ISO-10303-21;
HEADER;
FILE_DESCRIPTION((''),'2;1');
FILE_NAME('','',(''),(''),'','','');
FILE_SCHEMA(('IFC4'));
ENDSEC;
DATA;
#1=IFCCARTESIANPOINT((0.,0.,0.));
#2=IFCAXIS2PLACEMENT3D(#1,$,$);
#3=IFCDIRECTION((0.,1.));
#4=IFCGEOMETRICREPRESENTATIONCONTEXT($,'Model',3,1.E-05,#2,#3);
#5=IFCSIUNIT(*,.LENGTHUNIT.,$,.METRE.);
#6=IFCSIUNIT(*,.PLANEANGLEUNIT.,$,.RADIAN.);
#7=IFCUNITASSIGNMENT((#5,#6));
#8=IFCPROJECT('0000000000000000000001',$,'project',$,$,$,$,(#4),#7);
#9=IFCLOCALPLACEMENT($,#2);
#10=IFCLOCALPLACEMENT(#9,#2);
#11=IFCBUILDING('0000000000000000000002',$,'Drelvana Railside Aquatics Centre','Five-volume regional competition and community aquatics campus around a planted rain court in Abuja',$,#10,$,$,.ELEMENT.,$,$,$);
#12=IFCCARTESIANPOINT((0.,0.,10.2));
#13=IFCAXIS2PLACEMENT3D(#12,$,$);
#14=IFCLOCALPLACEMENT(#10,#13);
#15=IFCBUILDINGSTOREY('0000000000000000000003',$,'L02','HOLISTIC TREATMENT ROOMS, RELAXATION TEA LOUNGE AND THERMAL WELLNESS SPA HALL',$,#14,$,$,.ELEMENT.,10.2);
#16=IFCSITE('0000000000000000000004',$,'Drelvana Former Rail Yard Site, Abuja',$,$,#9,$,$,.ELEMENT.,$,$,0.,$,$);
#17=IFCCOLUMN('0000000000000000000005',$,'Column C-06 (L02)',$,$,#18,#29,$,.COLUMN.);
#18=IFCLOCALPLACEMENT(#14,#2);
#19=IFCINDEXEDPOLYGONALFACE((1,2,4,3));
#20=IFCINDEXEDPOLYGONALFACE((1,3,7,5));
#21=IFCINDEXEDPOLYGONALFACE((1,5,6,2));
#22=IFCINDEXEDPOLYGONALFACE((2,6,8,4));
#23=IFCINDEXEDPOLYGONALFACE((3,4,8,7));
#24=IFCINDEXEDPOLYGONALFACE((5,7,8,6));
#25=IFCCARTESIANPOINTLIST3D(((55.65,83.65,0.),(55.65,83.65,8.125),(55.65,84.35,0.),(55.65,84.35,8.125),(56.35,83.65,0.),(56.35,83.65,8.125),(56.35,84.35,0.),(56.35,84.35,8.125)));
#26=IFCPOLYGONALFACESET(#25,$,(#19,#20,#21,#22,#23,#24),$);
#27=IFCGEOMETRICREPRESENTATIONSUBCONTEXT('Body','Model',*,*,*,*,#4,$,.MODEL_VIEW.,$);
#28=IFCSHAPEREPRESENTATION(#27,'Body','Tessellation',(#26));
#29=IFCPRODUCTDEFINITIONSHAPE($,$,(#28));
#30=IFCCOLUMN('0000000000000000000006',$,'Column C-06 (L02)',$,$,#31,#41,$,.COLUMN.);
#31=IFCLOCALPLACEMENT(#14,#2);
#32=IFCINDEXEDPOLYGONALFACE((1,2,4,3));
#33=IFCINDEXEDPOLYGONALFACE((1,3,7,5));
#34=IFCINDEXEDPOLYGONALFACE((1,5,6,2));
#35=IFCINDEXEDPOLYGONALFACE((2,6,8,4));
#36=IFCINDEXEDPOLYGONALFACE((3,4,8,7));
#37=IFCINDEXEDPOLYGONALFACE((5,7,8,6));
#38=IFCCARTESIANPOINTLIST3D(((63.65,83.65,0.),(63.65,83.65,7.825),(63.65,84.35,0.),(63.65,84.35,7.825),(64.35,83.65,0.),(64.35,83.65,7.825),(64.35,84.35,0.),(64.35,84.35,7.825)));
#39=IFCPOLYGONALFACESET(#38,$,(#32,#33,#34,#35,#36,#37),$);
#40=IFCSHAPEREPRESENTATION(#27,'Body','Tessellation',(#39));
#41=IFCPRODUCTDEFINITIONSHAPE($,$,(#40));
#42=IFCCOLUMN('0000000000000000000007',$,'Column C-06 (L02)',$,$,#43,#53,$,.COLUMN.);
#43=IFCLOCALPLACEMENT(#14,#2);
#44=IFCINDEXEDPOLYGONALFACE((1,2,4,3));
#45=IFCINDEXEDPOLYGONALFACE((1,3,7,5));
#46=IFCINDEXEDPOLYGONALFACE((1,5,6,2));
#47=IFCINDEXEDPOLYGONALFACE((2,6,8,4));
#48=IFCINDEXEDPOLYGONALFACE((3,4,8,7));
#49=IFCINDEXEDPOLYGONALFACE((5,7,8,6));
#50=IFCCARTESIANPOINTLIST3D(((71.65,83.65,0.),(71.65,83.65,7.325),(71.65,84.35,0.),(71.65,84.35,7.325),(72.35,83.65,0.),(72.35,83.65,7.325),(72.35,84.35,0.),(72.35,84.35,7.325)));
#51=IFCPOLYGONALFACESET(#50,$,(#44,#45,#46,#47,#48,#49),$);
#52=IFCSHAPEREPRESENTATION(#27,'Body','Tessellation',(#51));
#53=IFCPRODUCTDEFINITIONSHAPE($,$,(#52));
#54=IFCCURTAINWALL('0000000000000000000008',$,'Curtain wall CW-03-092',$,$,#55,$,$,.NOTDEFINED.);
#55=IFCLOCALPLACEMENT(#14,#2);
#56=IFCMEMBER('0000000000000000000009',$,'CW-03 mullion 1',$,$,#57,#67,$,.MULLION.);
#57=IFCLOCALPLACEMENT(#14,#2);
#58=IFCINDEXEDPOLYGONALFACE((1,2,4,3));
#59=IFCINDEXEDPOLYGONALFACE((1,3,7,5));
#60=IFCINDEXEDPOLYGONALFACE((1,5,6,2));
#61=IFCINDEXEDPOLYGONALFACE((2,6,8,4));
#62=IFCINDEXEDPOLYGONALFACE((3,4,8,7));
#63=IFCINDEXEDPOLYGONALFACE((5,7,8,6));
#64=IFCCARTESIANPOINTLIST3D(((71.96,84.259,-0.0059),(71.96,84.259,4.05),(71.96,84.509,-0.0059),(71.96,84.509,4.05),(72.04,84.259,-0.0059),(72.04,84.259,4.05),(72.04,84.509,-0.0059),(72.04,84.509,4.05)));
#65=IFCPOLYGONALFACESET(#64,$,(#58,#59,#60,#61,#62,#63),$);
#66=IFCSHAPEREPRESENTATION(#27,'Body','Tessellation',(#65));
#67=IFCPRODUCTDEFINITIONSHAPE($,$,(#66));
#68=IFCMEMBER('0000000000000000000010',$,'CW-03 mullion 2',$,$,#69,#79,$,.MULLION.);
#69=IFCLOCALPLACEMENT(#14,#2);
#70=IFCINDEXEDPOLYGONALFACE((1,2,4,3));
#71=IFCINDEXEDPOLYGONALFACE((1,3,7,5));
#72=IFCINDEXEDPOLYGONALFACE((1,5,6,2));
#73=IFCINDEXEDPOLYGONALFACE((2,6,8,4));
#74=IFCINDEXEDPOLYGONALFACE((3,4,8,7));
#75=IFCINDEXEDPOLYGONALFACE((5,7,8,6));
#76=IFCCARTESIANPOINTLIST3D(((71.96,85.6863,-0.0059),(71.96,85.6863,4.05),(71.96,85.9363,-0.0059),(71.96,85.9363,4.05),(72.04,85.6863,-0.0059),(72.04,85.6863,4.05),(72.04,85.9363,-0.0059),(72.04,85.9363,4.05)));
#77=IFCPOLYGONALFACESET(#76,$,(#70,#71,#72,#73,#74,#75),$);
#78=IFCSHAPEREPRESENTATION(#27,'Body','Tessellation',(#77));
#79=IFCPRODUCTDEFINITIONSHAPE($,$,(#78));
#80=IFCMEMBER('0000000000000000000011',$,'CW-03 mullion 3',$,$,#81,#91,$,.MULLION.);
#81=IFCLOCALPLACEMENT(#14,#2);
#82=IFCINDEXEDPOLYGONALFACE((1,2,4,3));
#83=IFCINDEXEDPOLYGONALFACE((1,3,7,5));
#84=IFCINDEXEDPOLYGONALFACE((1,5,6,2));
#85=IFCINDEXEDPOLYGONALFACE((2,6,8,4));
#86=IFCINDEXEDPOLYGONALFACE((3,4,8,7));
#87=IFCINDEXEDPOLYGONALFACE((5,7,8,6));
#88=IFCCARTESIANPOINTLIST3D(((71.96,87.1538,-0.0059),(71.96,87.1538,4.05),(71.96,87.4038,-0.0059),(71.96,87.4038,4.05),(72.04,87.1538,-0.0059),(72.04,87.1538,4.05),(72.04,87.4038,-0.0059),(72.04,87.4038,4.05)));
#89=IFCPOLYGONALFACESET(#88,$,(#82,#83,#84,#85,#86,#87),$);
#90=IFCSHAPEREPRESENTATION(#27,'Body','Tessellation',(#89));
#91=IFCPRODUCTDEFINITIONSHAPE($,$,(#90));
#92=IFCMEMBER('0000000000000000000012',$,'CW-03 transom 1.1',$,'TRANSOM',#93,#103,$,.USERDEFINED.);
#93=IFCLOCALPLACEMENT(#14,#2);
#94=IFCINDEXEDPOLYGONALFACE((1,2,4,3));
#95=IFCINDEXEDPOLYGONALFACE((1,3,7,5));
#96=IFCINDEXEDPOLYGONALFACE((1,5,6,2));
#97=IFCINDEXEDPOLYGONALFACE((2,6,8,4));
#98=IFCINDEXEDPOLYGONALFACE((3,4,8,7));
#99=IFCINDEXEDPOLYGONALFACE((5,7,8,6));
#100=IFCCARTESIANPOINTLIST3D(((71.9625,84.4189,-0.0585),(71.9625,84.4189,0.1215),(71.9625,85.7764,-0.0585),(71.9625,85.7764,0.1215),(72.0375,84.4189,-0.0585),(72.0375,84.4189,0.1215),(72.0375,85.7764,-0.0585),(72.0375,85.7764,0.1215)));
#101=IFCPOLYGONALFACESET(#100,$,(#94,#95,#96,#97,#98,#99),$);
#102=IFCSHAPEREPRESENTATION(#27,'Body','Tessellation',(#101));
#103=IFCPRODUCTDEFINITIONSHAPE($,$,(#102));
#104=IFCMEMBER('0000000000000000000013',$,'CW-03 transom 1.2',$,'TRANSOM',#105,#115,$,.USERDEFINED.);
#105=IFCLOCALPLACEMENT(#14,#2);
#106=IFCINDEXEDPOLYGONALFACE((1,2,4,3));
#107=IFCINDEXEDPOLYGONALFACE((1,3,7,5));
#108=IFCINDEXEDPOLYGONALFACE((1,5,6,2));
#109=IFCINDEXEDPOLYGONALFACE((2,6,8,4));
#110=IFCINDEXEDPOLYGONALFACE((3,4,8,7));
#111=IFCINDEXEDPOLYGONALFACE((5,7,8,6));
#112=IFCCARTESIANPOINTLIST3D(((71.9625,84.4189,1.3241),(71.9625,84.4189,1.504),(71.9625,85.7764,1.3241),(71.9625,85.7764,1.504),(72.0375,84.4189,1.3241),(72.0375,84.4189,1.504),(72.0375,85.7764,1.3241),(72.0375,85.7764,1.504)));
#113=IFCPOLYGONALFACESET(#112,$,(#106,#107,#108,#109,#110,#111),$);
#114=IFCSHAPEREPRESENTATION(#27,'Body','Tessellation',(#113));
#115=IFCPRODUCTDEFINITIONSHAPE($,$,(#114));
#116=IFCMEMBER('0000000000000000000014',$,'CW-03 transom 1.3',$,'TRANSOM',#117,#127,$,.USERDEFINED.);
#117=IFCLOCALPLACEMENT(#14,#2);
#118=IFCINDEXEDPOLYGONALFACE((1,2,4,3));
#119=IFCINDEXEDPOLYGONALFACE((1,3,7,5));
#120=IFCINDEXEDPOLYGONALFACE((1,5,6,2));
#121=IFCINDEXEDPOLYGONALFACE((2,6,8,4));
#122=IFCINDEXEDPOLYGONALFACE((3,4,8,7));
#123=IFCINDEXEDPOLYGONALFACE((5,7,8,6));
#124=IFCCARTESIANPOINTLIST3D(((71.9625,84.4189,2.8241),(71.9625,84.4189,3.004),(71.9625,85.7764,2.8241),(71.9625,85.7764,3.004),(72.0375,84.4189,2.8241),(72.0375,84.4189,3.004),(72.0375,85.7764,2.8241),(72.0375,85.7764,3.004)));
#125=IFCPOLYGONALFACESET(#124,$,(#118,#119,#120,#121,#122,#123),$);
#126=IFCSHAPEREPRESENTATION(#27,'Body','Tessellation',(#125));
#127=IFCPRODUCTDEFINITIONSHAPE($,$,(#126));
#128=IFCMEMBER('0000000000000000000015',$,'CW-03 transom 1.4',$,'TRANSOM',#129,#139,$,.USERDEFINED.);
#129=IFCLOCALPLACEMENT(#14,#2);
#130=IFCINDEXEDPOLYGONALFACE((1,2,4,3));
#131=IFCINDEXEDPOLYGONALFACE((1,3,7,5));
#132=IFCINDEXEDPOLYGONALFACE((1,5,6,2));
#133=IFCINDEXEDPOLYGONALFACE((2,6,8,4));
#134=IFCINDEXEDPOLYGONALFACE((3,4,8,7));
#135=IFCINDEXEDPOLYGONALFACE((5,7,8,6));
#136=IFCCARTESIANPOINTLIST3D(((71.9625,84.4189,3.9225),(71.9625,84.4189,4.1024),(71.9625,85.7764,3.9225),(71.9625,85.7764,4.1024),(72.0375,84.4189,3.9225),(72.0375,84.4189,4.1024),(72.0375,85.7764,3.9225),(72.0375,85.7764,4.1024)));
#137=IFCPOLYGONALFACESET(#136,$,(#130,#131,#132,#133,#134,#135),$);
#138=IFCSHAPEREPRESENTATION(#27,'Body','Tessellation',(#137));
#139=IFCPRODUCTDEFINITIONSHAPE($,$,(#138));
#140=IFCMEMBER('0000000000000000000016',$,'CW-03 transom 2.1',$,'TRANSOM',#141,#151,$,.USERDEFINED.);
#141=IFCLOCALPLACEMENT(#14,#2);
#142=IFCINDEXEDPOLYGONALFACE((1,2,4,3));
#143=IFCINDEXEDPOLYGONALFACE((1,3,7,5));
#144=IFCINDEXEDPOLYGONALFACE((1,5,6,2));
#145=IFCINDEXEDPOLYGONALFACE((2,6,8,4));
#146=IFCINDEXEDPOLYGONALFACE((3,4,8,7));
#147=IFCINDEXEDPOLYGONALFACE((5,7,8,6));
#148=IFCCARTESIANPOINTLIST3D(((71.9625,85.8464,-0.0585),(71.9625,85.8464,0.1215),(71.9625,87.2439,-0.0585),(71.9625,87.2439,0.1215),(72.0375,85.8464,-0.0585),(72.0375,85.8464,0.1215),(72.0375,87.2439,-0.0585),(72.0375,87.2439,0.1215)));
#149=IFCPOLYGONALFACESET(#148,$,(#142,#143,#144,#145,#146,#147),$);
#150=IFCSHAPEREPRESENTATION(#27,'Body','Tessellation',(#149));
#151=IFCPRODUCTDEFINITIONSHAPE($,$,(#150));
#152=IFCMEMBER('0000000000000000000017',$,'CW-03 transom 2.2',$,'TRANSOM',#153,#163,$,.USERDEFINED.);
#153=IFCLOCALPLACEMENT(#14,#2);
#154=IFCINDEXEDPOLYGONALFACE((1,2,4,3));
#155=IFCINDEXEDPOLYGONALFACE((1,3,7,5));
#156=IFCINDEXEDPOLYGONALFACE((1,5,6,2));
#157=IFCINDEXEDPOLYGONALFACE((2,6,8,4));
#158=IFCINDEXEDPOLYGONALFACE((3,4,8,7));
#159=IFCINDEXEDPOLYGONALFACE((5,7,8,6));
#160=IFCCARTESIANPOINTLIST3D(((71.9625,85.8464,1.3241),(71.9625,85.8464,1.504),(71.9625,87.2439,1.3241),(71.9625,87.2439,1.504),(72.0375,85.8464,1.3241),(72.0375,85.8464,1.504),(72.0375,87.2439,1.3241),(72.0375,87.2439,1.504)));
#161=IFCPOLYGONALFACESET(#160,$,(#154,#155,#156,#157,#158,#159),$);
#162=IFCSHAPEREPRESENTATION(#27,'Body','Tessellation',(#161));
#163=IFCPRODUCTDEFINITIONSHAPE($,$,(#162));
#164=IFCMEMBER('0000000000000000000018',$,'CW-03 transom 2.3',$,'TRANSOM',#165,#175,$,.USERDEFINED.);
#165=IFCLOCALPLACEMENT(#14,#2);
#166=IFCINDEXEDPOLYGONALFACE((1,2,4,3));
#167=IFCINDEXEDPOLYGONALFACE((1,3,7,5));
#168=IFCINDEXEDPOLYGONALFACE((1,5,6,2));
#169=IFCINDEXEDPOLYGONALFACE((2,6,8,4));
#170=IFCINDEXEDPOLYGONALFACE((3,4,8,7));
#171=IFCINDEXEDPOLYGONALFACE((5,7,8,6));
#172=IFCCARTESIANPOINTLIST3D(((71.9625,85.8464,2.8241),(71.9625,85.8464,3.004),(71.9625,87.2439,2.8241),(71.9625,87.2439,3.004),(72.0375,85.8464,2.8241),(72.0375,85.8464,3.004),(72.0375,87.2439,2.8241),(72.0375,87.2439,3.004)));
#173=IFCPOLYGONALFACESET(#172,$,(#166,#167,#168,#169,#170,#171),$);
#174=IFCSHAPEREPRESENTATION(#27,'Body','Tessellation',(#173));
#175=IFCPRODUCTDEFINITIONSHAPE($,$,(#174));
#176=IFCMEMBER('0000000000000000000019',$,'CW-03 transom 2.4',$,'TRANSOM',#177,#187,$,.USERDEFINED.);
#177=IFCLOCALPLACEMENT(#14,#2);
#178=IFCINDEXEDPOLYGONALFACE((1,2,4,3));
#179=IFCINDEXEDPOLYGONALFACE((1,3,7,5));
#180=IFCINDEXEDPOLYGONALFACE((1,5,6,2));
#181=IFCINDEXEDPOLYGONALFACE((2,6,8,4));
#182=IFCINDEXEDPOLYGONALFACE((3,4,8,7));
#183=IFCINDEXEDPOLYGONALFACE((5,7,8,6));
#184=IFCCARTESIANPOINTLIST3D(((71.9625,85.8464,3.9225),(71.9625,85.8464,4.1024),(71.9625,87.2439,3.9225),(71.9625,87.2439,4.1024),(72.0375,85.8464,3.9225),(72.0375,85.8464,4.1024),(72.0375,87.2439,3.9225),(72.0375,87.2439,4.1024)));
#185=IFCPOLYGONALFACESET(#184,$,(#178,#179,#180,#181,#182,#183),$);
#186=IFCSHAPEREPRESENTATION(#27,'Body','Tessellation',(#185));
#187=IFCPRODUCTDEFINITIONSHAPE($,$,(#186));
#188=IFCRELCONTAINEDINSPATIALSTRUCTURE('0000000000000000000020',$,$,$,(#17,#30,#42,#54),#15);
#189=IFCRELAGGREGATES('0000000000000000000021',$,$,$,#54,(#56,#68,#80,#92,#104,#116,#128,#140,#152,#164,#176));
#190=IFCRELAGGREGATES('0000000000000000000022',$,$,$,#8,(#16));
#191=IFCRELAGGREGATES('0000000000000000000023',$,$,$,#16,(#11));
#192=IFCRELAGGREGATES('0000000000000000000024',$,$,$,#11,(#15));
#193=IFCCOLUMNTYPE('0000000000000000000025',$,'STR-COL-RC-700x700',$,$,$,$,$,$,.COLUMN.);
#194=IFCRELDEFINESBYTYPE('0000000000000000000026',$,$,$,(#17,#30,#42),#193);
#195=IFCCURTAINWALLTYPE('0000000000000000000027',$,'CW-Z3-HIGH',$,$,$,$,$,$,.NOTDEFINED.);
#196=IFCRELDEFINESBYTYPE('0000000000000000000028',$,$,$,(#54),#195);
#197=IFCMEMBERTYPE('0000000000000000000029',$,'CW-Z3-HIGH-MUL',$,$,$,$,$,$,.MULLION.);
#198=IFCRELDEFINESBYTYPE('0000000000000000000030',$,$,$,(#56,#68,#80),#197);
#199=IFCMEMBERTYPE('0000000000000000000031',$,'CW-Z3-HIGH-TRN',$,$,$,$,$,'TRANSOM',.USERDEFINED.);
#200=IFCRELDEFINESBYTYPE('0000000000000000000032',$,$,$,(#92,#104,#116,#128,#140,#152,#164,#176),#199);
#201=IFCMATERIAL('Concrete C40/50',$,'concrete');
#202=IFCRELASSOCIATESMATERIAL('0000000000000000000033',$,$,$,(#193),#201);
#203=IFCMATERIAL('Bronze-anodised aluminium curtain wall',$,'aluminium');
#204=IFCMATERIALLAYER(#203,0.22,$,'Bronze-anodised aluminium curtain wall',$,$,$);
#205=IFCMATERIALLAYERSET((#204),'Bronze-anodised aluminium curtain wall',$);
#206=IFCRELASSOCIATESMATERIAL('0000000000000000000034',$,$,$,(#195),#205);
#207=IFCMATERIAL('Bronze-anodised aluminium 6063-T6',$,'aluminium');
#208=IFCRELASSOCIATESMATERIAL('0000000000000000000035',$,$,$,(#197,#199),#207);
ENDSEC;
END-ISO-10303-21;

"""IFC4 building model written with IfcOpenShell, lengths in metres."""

from ifc_helpers import new_model, si_unit, direction, frame, origin, origin_2d, place, context, subcontext, project, spatial, rectangle, extrude, material, layer, layer_set, material_profile, profile_set, type_object, element, aggregate, save


model = new_model("IFC4")

# Units and contexts
model_context = context("Model", 3, precision=1e-05, world=origin(), true_north=direction((0.0, 1.0)))
body_context = subcontext(model_context, "Body", "Model", "MODEL_VIEW")
ifc_project = project(units=[si_unit("LENGTHUNIT", "METRE"), si_unit("PLANEANGLEUNIT", "RADIAN")], contexts=[model_context])

# Site, building, storey
site_placement = place(None, origin())
site = spatial("IfcSite", under=ifc_project, at=site_placement, Name="Drelvana Former Rail Yard Site, Abuja", CompositionType="ELEMENT", RefElevation=0.0)
building_placement = place(site_placement, origin())
building = spatial("IfcBuilding", under=site, at=building_placement, Name="Drelvana Railside Aquatics Centre", Description="Five-volume regional competition and community aquatics campus around a planted rain court in Abuja", CompositionType="ELEMENT")
storey_placement = place(building_placement, frame((0.0, 0.0, 10.2)))
storey = spatial("IfcBuildingStorey", under=building, at=storey_placement, Name="L02", Description="HOLISTIC TREATMENT ROOMS, RELAXATION TEA LOUNGE AND THERMAL WELLNESS SPA HALL", CompositionType="ELEMENT", Elevation=10.2)

# Columns
ifc_material_1 = material(Name="Concrete C40/50", Category="concrete")
ifc_material_profile_1 = material_profile(ifc_material_1, rectangle(XDim=0.7, YDim=0.7, at=origin_2d()), Name="RC 700x700")
ifc_profile_set_1 = profile_set([ifc_material_profile_1], Name="Concrete C40/50")
column_type = type_object("IfcColumnType", Name="STR-COL-RC-700x700", PredefinedType="COLUMN", material=ifc_profile_set_1)
column_1_placement = place(storey_placement, frame((56.0, 84.0, 0.0), z_axis=(0.0, 0.0, 1.0), x_axis=(1.0, 0.0, 0.0)))
element("IfcColumn", 1, at=column_1_placement, inside=storey, type_object=column_type, Name="Column C-06 (L02)", PredefinedType="COLUMN", context=body_context, shape_type="SweptSolid", body=[
    extrude(rectangle(XDim=0.7, YDim=0.7, at=origin_2d()), origin(), (0.0, 0.0, 1.0), 8.125),
])
column_2_placement = place(storey_placement, frame((64.0, 84.0, 0.0), z_axis=(0.0, 0.0, 1.0), x_axis=(1.0, 0.0, 0.0)))
element("IfcColumn", 2, at=column_2_placement, inside=storey, type_object=column_type, Name="Column C-06 (L02)", PredefinedType="COLUMN", context=body_context, shape_type="SweptSolid", body=[
    extrude(rectangle(XDim=0.7, YDim=0.7, at=origin_2d()), origin(), (0.0, 0.0, 1.0), 7.825),
])
column_3_placement = place(storey_placement, frame((72.0, 84.0, 0.0), z_axis=(0.0, 0.0, 1.0), x_axis=(1.0, 0.0, 0.0)))
element("IfcColumn", 3, at=column_3_placement, inside=storey, type_object=column_type, Name="Column C-06 (L02)", PredefinedType="COLUMN", context=body_context, shape_type="SweptSolid", body=[
    extrude(rectangle(XDim=0.7, YDim=0.7, at=origin_2d()), origin(), (0.0, 0.0, 1.0), 7.325),
])

# Curtain wall, members
ifc_material_2 = material(Name="Bronze-anodised aluminium curtain wall", Category="aluminium")
ifc_layer_1 = layer(ifc_material_2, 0.22, Name="Bronze-anodised aluminium curtain wall")
ifc_layer_set_1 = layer_set([ifc_layer_1], Name="Bronze-anodised aluminium curtain wall")
curtain_wall_type = type_object("IfcCurtainWallType", Name="CW-Z3-HIGH", PredefinedType="NOTDEFINED", material=ifc_layer_set_1)
curtain_wall_placement = place(storey_placement, origin())
curtain_wall = element("IfcCurtainWall", 4, at=curtain_wall_placement, inside=storey, type_object=curtain_wall_type, Name="Curtain wall CW-03-092", PredefinedType="NOTDEFINED")
ifc_material_3 = material(Name="Bronze-anodised aluminium 6063-T6", Category="aluminium")
ifc_material_profile_2 = material_profile(ifc_material_3, rectangle(XDim=0.0801, YDim=0.25, at=origin_2d()), Name="ALU-M 80x250")
ifc_profile_set_2 = profile_set([ifc_material_profile_2], Name="Bronze-anodised aluminium 6063-T6")
member_type_1 = type_object("IfcMemberType", Name="CW-Z3-HIGH-MUL", PredefinedType="MULLION", material=ifc_profile_set_2)
member_1_placement = place(storey_placement, frame((72.0, 84.384, -0.0059), z_axis=(0.0, 0.0, 1.0), x_axis=(-1.0, 0.0, 0.0)))
member_1 = element("IfcMember", 5, at=member_1_placement, type_object=member_type_1, Name="CW-03 mullion 1", PredefinedType="MULLION", context=body_context, shape_type="SweptSolid", body=[
    extrude(rectangle(XDim=0.0801, YDim=0.25, at=origin_2d()), origin(), (0.0, 0.0, 1.0), 4.0559),
])
member_2_placement = place(storey_placement, frame((72.0, 85.8113, -0.0059), z_axis=(0.0, 0.0, 1.0), x_axis=(-1.0, 0.0, 0.0)))
member_2 = element("IfcMember", 6, at=member_2_placement, type_object=member_type_1, Name="CW-03 mullion 2", PredefinedType="MULLION", context=body_context, shape_type="SweptSolid", body=[
    extrude(rectangle(XDim=0.0801, YDim=0.25, at=origin_2d()), origin(), (0.0, 0.0, 1.0), 4.0559),
])
member_3_placement = place(storey_placement, frame((72.0, 87.2788, -0.0059), z_axis=(0.0, 0.0, 1.0), x_axis=(-1.0, 0.0, 0.0)))
member_3 = element("IfcMember", 7, at=member_3_placement, type_object=member_type_1, Name="CW-03 mullion 3", PredefinedType="MULLION", context=body_context, shape_type="SweptSolid", body=[
    extrude(rectangle(XDim=0.0801, YDim=0.25, at=origin_2d()), origin(), (0.0, 0.0, 1.0), 4.0559),
])
ifc_material_profile_3 = material_profile(ifc_material_3, rectangle(XDim=0.1799, YDim=0.075, at=origin_2d()), Name="ALU-T 75x180")
ifc_profile_set_3 = profile_set([ifc_material_profile_3], Name="Bronze-anodised aluminium 6063-T6")
member_type_2 = type_object("IfcMemberType", Name="CW-Z3-HIGH-TRN", ElementType="TRANSOM", PredefinedType="USERDEFINED", material=ifc_profile_set_3)
member_4_placement = place(storey_placement, frame((72.0, 84.4189, 0.0315), z_axis=(0.0, 1.0, 0.0), x_axis=(0.0, 0.0, 1.0)))
member_4 = element("IfcMember", 8, at=member_4_placement, type_object=member_type_2, Name="CW-03 transom 1.1", ObjectType="TRANSOM", PredefinedType="USERDEFINED", context=body_context, shape_type="SweptSolid", body=[
    extrude(rectangle(XDim=0.1799, YDim=0.075, at=origin_2d()), origin(), (0.0, 0.0, 1.0), 1.3574),
])
member_5_placement = place(storey_placement, frame((72.0, 84.4189, 1.4141), z_axis=(0.0, 1.0, 0.0), x_axis=(0.0, 0.0, 1.0)))
member_5 = element("IfcMember", 9, at=member_5_placement, type_object=member_type_2, Name="CW-03 transom 1.2", ObjectType="TRANSOM", PredefinedType="USERDEFINED", context=body_context, shape_type="SweptSolid", body=[
    extrude(rectangle(XDim=0.1799, YDim=0.075, at=origin_2d()), origin(), (0.0, 0.0, 1.0), 1.3574),
])
member_6_placement = place(storey_placement, frame((72.0, 84.4189, 2.9141), z_axis=(0.0, 1.0, 0.0), x_axis=(0.0, 0.0, 1.0)))
member_6 = element("IfcMember", 10, at=member_6_placement, type_object=member_type_2, Name="CW-03 transom 1.3", ObjectType="TRANSOM", PredefinedType="USERDEFINED", context=body_context, shape_type="SweptSolid", body=[
    extrude(rectangle(XDim=0.1799, YDim=0.075, at=origin_2d()), origin(), (0.0, 0.0, 1.0), 1.3574),
])
member_7_placement = place(storey_placement, frame((72.0, 84.4189, 4.0125), z_axis=(0.0, 1.0, 0.0), x_axis=(0.0, 0.0, 1.0)))
member_7 = element("IfcMember", 11, at=member_7_placement, type_object=member_type_2, Name="CW-03 transom 1.4", ObjectType="TRANSOM", PredefinedType="USERDEFINED", context=body_context, shape_type="SweptSolid", body=[
    extrude(rectangle(XDim=0.1799, YDim=0.075, at=origin_2d()), origin(), (0.0, 0.0, 1.0), 1.3574),
])
member_8_placement = place(storey_placement, frame((72.0, 85.8464, 0.0315), z_axis=(0.0, 1.0, 0.0), x_axis=(0.0, 0.0, 1.0)))
member_8 = element("IfcMember", 12, at=member_8_placement, type_object=member_type_2, Name="CW-03 transom 2.1", ObjectType="TRANSOM", PredefinedType="USERDEFINED", context=body_context, shape_type="SweptSolid", body=[
    extrude(rectangle(XDim=0.1799, YDim=0.075, at=origin_2d()), origin(), (0.0, 0.0, 1.0), 1.3975),
])
member_9_placement = place(storey_placement, frame((72.0, 85.8464, 1.4141), z_axis=(0.0, 1.0, 0.0), x_axis=(0.0, 0.0, 1.0)))
member_9 = element("IfcMember", 13, at=member_9_placement, type_object=member_type_2, Name="CW-03 transom 2.2", ObjectType="TRANSOM", PredefinedType="USERDEFINED", context=body_context, shape_type="SweptSolid", body=[
    extrude(rectangle(XDim=0.1799, YDim=0.075, at=origin_2d()), origin(), (0.0, 0.0, 1.0), 1.3975),
])
member_10_placement = place(storey_placement, frame((72.0, 85.8464, 2.9141), z_axis=(0.0, 1.0, 0.0), x_axis=(0.0, 0.0, 1.0)))
member_10 = element("IfcMember", 14, at=member_10_placement, type_object=member_type_2, Name="CW-03 transom 2.3", ObjectType="TRANSOM", PredefinedType="USERDEFINED", context=body_context, shape_type="SweptSolid", body=[
    extrude(rectangle(XDim=0.1799, YDim=0.075, at=origin_2d()), origin(), (0.0, 0.0, 1.0), 1.3975),
])
member_11_placement = place(storey_placement, frame((72.0, 85.8464, 4.0125), z_axis=(0.0, 1.0, 0.0), x_axis=(0.0, 0.0, 1.0)))
member_11 = element("IfcMember", 15, at=member_11_placement, type_object=member_type_2, Name="CW-03 transom 2.4", ObjectType="TRANSOM", PredefinedType="USERDEFINED", context=body_context, shape_type="SweptSolid", body=[
    extrude(rectangle(XDim=0.1799, YDim=0.075, at=origin_2d()), origin(), (0.0, 0.0, 1.0), 1.3975),
])
aggregate(curtain_wall, [member_1, member_2, member_3, member_4, member_5, member_6, member_7, member_8, member_9, member_10, member_11])

save(model, "model.ifc")
